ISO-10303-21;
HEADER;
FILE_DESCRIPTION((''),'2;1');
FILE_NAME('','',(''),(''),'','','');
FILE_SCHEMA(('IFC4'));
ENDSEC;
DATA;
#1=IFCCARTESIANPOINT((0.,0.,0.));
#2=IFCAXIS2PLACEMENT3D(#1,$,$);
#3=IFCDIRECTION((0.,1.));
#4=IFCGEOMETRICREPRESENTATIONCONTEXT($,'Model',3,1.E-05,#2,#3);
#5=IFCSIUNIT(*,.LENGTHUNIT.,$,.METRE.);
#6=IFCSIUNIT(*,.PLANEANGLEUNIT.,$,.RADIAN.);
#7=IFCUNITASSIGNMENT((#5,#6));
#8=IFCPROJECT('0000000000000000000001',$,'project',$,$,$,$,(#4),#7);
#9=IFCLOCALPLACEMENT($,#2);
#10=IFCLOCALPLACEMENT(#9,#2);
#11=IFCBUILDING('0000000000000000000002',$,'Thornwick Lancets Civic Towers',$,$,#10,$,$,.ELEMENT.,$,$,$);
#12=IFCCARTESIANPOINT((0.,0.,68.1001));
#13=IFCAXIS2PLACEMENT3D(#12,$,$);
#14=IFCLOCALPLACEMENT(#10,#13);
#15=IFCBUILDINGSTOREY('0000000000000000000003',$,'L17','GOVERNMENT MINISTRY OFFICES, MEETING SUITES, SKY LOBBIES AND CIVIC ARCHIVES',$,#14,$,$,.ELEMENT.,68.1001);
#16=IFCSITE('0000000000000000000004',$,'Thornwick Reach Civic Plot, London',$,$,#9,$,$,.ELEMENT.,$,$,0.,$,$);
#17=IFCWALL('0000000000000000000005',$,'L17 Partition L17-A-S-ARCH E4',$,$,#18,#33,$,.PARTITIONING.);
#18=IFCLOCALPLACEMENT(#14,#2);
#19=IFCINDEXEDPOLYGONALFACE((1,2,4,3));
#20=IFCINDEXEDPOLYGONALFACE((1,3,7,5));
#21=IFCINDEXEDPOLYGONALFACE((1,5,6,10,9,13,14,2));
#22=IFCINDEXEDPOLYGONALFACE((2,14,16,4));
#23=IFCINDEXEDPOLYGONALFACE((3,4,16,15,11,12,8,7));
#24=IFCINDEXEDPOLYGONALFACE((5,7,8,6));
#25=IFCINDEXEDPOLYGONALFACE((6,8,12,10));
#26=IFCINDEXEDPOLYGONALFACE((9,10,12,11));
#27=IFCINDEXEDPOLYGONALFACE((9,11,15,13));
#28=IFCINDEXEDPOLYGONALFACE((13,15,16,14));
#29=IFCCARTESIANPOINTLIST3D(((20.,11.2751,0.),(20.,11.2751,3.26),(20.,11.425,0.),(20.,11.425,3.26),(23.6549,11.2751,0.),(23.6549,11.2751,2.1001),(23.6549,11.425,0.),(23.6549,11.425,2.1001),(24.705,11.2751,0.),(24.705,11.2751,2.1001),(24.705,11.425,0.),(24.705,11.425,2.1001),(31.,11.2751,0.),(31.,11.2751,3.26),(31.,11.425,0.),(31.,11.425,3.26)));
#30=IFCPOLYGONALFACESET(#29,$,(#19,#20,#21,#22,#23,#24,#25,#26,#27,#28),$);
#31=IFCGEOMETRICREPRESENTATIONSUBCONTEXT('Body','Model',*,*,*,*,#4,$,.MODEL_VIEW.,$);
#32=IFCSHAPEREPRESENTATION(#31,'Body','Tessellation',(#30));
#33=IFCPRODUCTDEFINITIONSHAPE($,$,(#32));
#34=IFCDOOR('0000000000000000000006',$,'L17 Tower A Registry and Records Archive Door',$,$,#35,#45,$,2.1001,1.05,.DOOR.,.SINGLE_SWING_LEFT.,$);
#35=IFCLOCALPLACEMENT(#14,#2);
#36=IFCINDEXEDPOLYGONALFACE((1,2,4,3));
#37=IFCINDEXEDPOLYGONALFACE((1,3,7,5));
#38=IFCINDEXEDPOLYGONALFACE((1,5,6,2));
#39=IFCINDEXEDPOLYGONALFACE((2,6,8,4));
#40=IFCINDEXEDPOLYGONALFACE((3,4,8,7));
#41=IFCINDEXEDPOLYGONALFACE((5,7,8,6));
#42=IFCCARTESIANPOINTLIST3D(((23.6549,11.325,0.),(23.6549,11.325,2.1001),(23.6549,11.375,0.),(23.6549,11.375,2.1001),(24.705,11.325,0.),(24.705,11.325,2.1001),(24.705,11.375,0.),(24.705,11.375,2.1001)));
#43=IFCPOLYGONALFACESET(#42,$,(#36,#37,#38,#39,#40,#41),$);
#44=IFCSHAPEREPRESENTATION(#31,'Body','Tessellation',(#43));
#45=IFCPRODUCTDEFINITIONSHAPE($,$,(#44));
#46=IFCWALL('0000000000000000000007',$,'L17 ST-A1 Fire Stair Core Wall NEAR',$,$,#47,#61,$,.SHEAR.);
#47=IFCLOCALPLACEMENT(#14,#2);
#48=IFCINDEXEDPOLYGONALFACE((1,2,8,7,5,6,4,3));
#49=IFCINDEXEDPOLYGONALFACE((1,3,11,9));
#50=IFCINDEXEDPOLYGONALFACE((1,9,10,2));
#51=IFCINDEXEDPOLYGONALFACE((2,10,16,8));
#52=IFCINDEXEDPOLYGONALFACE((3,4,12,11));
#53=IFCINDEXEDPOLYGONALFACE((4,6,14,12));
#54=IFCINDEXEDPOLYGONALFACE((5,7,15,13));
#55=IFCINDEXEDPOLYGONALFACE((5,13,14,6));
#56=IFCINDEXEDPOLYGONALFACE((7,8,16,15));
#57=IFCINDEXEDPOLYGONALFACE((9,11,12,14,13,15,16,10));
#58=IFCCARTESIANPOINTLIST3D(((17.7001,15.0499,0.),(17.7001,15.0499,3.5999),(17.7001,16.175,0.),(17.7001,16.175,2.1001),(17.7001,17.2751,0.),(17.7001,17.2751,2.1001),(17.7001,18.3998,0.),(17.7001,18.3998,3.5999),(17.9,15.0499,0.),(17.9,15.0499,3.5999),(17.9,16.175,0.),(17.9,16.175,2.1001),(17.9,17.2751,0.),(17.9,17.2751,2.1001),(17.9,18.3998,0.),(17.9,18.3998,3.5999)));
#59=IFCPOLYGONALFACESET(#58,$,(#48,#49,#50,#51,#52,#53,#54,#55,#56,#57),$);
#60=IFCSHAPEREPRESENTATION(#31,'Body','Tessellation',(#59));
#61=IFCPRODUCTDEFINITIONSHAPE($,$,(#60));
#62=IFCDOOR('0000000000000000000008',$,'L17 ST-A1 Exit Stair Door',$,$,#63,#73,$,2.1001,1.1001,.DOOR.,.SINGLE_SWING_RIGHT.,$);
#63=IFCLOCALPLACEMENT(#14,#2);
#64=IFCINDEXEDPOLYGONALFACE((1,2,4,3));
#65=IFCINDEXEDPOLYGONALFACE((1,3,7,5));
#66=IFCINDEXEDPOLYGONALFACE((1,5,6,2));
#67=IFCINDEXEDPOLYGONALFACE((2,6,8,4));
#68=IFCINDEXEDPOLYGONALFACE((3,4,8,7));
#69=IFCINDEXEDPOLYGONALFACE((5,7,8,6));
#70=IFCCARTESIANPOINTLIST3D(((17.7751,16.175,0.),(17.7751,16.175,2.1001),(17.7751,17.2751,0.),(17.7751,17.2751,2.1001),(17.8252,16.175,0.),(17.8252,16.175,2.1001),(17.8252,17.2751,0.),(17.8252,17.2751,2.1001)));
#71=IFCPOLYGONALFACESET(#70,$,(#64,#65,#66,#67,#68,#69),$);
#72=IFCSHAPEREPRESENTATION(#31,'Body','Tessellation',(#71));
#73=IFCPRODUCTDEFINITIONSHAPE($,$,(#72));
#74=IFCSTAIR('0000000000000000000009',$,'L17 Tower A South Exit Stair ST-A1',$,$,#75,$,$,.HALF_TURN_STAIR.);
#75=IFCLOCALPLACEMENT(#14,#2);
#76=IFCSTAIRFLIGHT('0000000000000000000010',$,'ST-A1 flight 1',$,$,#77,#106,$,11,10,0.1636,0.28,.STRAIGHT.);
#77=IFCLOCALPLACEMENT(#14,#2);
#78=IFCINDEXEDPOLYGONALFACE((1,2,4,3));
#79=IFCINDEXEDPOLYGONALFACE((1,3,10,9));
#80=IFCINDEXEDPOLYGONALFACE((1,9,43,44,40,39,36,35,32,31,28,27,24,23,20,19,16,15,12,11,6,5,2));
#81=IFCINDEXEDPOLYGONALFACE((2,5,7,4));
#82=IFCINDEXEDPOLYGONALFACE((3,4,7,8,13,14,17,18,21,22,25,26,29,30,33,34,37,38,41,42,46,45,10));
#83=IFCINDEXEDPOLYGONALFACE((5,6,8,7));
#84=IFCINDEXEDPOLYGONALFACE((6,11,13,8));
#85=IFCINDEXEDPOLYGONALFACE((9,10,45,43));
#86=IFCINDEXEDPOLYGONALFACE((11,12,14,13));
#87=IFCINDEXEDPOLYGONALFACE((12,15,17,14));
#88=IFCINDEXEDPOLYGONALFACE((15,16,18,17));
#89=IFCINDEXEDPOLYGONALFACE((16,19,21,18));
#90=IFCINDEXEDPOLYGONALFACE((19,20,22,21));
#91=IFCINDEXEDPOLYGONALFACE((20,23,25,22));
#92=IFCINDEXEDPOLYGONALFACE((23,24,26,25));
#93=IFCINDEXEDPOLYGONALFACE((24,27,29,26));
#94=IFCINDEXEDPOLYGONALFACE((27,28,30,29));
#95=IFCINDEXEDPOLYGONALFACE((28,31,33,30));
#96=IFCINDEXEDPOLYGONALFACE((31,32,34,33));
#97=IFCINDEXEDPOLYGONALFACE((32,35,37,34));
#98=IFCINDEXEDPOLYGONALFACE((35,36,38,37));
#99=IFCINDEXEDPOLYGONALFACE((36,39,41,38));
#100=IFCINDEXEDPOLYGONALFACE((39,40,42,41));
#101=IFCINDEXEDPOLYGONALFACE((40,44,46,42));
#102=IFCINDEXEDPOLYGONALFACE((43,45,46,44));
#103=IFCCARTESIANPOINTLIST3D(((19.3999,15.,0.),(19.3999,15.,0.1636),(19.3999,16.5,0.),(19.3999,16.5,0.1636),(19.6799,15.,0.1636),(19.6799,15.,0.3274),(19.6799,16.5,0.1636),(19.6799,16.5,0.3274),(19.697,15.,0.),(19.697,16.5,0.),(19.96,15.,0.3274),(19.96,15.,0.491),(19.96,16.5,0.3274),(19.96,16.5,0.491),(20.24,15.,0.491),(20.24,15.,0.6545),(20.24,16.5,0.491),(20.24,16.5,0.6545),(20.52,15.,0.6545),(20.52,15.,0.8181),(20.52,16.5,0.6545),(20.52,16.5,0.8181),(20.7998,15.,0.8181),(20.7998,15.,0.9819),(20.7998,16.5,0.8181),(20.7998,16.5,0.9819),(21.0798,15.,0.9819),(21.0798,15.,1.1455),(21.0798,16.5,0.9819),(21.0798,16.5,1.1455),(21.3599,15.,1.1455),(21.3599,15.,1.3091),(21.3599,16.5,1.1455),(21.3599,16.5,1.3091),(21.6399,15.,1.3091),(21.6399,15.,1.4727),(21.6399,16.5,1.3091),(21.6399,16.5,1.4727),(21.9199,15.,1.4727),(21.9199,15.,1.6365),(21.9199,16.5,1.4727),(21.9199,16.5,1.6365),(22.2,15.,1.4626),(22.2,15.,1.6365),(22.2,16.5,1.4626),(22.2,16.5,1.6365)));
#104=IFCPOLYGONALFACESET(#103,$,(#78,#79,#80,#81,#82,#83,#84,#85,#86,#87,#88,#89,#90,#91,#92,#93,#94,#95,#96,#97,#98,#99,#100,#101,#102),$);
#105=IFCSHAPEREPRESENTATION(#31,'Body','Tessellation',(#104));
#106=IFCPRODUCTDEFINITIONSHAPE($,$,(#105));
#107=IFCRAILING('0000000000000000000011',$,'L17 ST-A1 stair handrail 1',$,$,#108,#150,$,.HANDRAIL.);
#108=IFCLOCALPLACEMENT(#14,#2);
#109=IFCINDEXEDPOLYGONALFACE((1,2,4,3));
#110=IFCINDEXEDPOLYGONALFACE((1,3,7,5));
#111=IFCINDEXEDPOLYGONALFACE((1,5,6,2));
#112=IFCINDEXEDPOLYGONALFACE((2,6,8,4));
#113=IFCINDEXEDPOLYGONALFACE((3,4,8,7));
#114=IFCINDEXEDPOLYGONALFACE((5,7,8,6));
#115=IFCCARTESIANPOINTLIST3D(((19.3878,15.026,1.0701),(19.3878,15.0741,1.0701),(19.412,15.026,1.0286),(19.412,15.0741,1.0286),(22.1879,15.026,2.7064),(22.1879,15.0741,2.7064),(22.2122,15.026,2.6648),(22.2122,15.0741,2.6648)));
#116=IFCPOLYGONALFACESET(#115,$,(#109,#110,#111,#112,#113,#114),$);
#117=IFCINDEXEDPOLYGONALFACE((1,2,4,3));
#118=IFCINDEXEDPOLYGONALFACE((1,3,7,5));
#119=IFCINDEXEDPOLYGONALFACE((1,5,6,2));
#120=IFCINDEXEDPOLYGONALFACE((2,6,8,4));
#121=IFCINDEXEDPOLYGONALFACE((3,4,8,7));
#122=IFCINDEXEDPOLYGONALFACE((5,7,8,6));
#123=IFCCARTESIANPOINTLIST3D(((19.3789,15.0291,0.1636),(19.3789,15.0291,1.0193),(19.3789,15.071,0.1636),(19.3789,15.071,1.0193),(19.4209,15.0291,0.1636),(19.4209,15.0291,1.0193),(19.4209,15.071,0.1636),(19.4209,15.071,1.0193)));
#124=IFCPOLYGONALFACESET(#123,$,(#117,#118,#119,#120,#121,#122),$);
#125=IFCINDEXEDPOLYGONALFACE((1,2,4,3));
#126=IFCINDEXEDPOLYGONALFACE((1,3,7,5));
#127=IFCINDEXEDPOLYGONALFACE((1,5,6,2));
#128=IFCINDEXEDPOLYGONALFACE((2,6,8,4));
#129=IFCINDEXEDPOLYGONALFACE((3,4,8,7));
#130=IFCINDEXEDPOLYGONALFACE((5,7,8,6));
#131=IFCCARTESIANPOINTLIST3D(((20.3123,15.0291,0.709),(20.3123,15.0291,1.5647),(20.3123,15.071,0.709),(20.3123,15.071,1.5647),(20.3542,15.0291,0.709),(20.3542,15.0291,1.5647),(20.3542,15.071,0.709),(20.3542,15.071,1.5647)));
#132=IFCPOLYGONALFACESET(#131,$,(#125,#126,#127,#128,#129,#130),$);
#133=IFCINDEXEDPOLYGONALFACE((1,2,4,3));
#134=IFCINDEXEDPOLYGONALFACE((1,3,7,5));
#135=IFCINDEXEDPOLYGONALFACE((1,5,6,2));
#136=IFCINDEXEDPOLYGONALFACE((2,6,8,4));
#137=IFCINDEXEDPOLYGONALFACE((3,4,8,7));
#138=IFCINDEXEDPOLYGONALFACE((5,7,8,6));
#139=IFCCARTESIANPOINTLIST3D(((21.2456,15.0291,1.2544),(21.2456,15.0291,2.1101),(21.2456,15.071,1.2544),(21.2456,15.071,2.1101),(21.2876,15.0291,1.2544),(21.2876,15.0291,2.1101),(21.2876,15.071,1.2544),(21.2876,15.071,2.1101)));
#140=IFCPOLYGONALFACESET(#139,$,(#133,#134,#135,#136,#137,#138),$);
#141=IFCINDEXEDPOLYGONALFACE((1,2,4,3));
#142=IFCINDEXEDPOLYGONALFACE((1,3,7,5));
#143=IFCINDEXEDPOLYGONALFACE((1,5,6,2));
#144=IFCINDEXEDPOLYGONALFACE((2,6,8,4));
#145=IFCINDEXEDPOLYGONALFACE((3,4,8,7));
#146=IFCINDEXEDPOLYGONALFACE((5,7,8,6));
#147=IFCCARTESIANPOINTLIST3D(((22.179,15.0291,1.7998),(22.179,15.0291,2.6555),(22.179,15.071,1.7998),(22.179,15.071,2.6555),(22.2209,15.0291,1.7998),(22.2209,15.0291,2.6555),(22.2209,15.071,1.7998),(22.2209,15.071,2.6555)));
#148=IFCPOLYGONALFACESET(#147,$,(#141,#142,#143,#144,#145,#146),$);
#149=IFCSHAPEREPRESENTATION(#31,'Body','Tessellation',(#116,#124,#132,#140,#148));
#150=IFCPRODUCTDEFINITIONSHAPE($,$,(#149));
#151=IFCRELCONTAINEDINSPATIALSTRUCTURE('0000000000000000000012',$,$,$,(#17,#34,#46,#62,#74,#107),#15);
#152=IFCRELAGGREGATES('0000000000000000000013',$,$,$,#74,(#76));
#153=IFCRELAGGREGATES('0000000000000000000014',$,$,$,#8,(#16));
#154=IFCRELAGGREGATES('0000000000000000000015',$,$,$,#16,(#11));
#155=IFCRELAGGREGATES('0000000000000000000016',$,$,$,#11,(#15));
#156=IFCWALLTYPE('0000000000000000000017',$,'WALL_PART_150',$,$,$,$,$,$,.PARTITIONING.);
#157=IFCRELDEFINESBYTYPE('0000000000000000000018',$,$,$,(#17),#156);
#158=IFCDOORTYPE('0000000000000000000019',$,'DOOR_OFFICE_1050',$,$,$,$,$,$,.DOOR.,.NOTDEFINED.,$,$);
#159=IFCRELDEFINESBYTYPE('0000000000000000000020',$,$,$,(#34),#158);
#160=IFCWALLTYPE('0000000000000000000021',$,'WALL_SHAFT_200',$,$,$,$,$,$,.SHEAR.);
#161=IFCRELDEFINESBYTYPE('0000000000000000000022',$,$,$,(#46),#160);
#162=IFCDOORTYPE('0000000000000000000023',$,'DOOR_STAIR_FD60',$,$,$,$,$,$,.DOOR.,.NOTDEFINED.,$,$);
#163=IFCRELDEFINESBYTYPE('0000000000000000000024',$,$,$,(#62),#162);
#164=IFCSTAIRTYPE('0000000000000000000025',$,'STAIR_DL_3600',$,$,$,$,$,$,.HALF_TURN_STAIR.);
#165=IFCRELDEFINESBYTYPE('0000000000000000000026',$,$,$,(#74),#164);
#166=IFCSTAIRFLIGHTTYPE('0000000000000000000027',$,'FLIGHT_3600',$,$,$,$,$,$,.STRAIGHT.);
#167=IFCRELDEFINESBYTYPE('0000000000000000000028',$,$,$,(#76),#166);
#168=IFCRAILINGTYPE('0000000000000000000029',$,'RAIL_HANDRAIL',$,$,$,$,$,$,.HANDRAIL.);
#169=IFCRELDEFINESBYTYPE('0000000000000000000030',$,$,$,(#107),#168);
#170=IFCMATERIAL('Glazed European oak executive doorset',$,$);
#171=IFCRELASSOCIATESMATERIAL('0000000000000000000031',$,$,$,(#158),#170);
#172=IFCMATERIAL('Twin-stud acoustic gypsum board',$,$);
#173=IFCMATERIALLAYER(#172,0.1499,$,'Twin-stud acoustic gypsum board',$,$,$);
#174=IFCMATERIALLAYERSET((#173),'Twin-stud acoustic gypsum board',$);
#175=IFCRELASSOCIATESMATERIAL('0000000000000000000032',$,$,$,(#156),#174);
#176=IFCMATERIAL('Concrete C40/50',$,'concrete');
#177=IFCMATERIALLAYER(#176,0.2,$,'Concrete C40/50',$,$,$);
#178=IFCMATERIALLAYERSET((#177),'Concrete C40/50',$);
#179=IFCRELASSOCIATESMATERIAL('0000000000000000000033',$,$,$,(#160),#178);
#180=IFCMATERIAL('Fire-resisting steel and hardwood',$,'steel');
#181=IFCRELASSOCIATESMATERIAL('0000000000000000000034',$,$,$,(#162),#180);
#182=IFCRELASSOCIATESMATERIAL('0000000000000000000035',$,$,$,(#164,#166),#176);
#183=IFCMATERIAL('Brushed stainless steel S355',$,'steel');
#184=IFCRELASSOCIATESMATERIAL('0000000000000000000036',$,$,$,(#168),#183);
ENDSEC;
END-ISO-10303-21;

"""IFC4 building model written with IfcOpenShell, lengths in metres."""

from ifc_helpers import new_model, si_unit, direction, frame, frame_2d, origin, origin_2d, place, context, subcontext, project, spatial, polyline, rectangle, outline, extrude, material, layer, layer_set, type_object, element, fill, aggregate, save


model = new_model("IFC4")

# Units and contexts
model_context = context("Model", 3, precision=1e-05, world=origin(), true_north=direction((0.0, 1.0)))
body_context = subcontext(model_context, "Body", "Model", "MODEL_VIEW")
ifc_project = project(units=[si_unit("LENGTHUNIT", "METRE"), si_unit("PLANEANGLEUNIT", "RADIAN")], contexts=[model_context])

# Site, building, storey
site_placement = place(None, origin())
site = spatial("IfcSite", under=ifc_project, at=site_placement, Name="Thornwick Reach Civic Plot, London", CompositionType="ELEMENT", RefElevation=0.0)
building_placement = place(site_placement, origin())
building = spatial("IfcBuilding", under=site, at=building_placement, Name="Thornwick Lancets Civic Towers", CompositionType="ELEMENT")
storey_placement = place(building_placement, frame((0.0, 0.0, 68.1001)))
storey = spatial("IfcBuildingStorey", under=building, at=storey_placement, Name="L17", Description="GOVERNMENT MINISTRY OFFICES, MEETING SUITES, SKY LOBBIES AND CIVIC ARCHIVES", CompositionType="ELEMENT", Elevation=68.1001)

# Shared definitions
ifc_material_1 = material(Name="Concrete C40/50", Category="concrete")

# Shared definitions
ifc_material_2 = material(Name="Glazed European oak executive doorset")
door_type_1 = type_object("IfcDoorType", Name="DOOR_OFFICE_1050", OperationType="NOTDEFINED", PredefinedType="DOOR", material=ifc_material_2)

# Walls, openings, doors
ifc_material_3 = material(Name="Twin-stud acoustic gypsum board")
ifc_layer_1 = layer(ifc_material_3, 0.1499, Name="Twin-stud acoustic gypsum board")
ifc_layer_set_1 = layer_set([ifc_layer_1], Name="Twin-stud acoustic gypsum board")
wall_type_1 = type_object("IfcWallType", Name="WALL_PART_150", PredefinedType="PARTITIONING", material=ifc_layer_set_1)
wall_1_placement = place(storey_placement, frame((20.0, 11.3501, 0.0), z_axis=(0.0, 0.0, 1.0), x_axis=(1.0, 0.0, 0.0)))
wall_1 = element("IfcWall", 1, at=wall_1_placement, inside=storey, type_object=wall_type_1, Name="L17 Partition L17-A-S-ARCH E4", PredefinedType="PARTITIONING", context=body_context, shape_type="SweptSolid", body=[
    extrude(rectangle(XDim=11.0, YDim=0.1499, at=frame_2d((5.5, 0.0))), origin(), (0.0, 0.0, 1.0), 3.26),
])
opening_1_placement = place(wall_1_placement, frame((3.655, 0.0, 0.0)))
opening_1 = element("IfcOpeningElement", 2, at=opening_1_placement, cuts=wall_1, PredefinedType="OPENING", context=body_context, shape_type="SweptSolid", body=[
    extrude(rectangle(XDim=1.05, YDim=2.1001, at=frame_2d((0.5249, 1.05))), frame((0.0, 0.085, 0.0), z_axis=(0.0, -1.0, 0.0), x_axis=(1.0, 0.0, 0.0)), (0.0, 0.0, 1.0), 0.1699),
])
door_1_placement = place(opening_1_placement, origin())
door_1 = element("IfcDoor", 3, at=door_1_placement, inside=storey, type_object=door_type_1, Name="L17 Tower A Registry and Records Archive Door", OperationType="SINGLE_SWING_LEFT", OverallHeight=2.1001, OverallWidth=1.05, PredefinedType="DOOR", context=body_context, shape_type="SweptSolid", body=[
    extrude(rectangle(XDim=1.05, YDim=2.1001, at=frame_2d((0.5249, 1.05))), frame((0.0, 0.0249, 0.0), z_axis=(0.0, -1.0, 0.0), x_axis=(1.0, 0.0, 0.0)), (0.0, 0.0, 1.0), 0.05),
])
fill(opening_1, door_1)
ifc_layer_2 = layer(ifc_material_1, 0.2, Name="Concrete C40/50")
ifc_layer_set_2 = layer_set([ifc_layer_2], Name="Concrete C40/50")
wall_type_2 = type_object("IfcWallType", Name="WALL_SHAFT_200", PredefinedType="SHEAR", material=ifc_layer_set_2)
wall_2_placement = place(storey_placement, frame((17.8, 15.05, 0.0), z_axis=(0.0, 0.0, 1.0), x_axis=(0.0, 1.0, 0.0)))
wall_2 = element("IfcWall", 4, at=wall_2_placement, inside=storey, type_object=wall_type_2, Name="L17 ST-A1 Fire Stair Core Wall NEAR", PredefinedType="SHEAR", context=body_context, shape_type="SweptSolid", body=[
    extrude(rectangle(XDim=3.3499, YDim=0.2, at=frame_2d((1.6748, 0.0))), origin(), (0.0, 0.0, 1.0), 3.5999),
])
opening_2_placement = place(wall_2_placement, frame((1.125, 0.0, 0.0)))
opening_2 = element("IfcOpeningElement", 5, at=opening_2_placement, cuts=wall_2, PredefinedType="OPENING", context=body_context, shape_type="SweptSolid", body=[
    extrude(rectangle(XDim=1.1001, YDim=2.1001, at=frame_2d((0.55, 1.05))), frame((0.0, 0.1099, 0.0), z_axis=(0.0, -1.0, 0.0), x_axis=(1.0, 0.0, 0.0)), (0.0, 0.0, 1.0), 0.22),
])
ifc_material_4 = material(Name="Fire-resisting steel and hardwood", Category="steel")
door_type_2 = type_object("IfcDoorType", Name="DOOR_STAIR_FD60", OperationType="NOTDEFINED", PredefinedType="DOOR", material=ifc_material_4)
door_2_placement = place(opening_2_placement, origin())
door_2 = element("IfcDoor", 6, at=door_2_placement, inside=storey, type_object=door_type_2, Name="L17 ST-A1 Exit Stair Door", OperationType="SINGLE_SWING_RIGHT", OverallHeight=2.1001, OverallWidth=1.1001, PredefinedType="DOOR", context=body_context, shape_type="SweptSolid", body=[
    extrude(rectangle(XDim=1.1001, YDim=2.1001, at=frame_2d((0.55, 1.05))), frame((0.0, 0.0249, 0.0), z_axis=(0.0, -1.0, 0.0), x_axis=(1.0, 0.0, 0.0)), (0.0, 0.0, 1.0), 0.05),
])
fill(opening_2, door_2)

# Stair, stair flight
stair_type = type_object("IfcStairType", Name="STAIR_DL_3600", PredefinedType="HALF_TURN_STAIR", material=ifc_material_1)
stair_placement = place(storey_placement, origin())
stair = element("IfcStair", 7, at=stair_placement, inside=storey, type_object=stair_type, Name="L17 Tower A South Exit Stair ST-A1", PredefinedType="HALF_TURN_STAIR")
stair_flight_type = type_object("IfcStairFlightType", Name="FLIGHT_3600", PredefinedType="STRAIGHT", material=ifc_material_1)
stair_flight_placement = place(storey_placement, frame((19.3999, 15.75, 0.0), z_axis=(0.0, 0.0, 1.0), x_axis=(1.0, 0.0, 0.0)))
stair_flight = element("IfcStairFlight", 8, at=stair_flight_placement, type_object=stair_flight_type, Name="ST-A1 flight 1", NumberOfRisers=11, NumberOfTreads=10, PredefinedType="STRAIGHT", RiserHeight=0.1636, TreadLength=0.28, context=body_context, shape_type="SweptSolid", body=[
    extrude(outline(polyline([(0.0, 0.0), (0.0, 0.1636), (0.28, 0.1636), (0.28, 0.3274), (0.5601, 0.3274), (0.5601, 0.491), (0.8401, 0.491), (0.8401, 0.6545), (1.1201, 0.6545), (1.1201, 0.8181), (1.3999, 0.8181), (1.3999, 0.9819), (1.6799, 0.9819), (1.6799, 1.1455), (1.96, 1.1455), (1.96, 1.3091), (2.24, 1.3091), (2.24, 1.4727), (2.52, 1.4727), (2.52, 1.6365), (2.8, 1.6365), (2.8, 1.8), (2.8, 1.4626), (0.2971, 0.0), (0.0, 0.0)])), frame((0.0, 0.75, 0.0), z_axis=(0.0, -1.0, 0.0), x_axis=(1.0, 0.0, 0.0)), (0.0, 0.0, 1.0), 1.5),
])
aggregate(stair, [stair_flight])

# Railing
ifc_material_5 = material(Name="Brushed stainless steel S355", Category="steel")
railing_type_1 = type_object("IfcRailingType", Name="RAIL_HANDRAIL", PredefinedType="HANDRAIL", material=ifc_material_5)
railing_1_placement = place(storey_placement, frame((19.3999, 15.05, 0.1636)))
element("IfcRailing", 9, at=railing_1_placement, inside=storey, type_object=railing_type_1, Name="L17 ST-A1 stair handrail 1", PredefinedType="HANDRAIL", context=body_context, shape_type="SweptSolid", body=[
    extrude(rectangle(XDim=0.0481, YDim=0.0481, at=origin_2d()), frame((0.0, 0.0, 0.8857), z_axis=(0.863394, 0.0, 0.504531), x_axis=(0.0, 1.0, 0.0)), (0.0, 0.0, 1.0), 3.2432),
    extrude(rectangle(XDim=0.042, YDim=0.042, at=origin_2d()), origin(), (0.0, 0.0, 1.0), 0.8557),
    extrude(rectangle(XDim=0.042, YDim=0.042, at=origin_2d()), frame((0.9333, 0.0, 0.5454)), (0.0, 0.0, 1.0), 0.8557),
    extrude(rectangle(XDim=0.042, YDim=0.042, at=origin_2d()), frame((1.8667, 0.0, 1.0908)), (0.0, 0.0, 1.0), 0.8557),
    extrude(rectangle(XDim=0.042, YDim=0.042, at=origin_2d()), frame((2.8, 0.0, 1.6362)), (0.0, 0.0, 1.0), 0.8557),
])

save(model, "model.ifc")
